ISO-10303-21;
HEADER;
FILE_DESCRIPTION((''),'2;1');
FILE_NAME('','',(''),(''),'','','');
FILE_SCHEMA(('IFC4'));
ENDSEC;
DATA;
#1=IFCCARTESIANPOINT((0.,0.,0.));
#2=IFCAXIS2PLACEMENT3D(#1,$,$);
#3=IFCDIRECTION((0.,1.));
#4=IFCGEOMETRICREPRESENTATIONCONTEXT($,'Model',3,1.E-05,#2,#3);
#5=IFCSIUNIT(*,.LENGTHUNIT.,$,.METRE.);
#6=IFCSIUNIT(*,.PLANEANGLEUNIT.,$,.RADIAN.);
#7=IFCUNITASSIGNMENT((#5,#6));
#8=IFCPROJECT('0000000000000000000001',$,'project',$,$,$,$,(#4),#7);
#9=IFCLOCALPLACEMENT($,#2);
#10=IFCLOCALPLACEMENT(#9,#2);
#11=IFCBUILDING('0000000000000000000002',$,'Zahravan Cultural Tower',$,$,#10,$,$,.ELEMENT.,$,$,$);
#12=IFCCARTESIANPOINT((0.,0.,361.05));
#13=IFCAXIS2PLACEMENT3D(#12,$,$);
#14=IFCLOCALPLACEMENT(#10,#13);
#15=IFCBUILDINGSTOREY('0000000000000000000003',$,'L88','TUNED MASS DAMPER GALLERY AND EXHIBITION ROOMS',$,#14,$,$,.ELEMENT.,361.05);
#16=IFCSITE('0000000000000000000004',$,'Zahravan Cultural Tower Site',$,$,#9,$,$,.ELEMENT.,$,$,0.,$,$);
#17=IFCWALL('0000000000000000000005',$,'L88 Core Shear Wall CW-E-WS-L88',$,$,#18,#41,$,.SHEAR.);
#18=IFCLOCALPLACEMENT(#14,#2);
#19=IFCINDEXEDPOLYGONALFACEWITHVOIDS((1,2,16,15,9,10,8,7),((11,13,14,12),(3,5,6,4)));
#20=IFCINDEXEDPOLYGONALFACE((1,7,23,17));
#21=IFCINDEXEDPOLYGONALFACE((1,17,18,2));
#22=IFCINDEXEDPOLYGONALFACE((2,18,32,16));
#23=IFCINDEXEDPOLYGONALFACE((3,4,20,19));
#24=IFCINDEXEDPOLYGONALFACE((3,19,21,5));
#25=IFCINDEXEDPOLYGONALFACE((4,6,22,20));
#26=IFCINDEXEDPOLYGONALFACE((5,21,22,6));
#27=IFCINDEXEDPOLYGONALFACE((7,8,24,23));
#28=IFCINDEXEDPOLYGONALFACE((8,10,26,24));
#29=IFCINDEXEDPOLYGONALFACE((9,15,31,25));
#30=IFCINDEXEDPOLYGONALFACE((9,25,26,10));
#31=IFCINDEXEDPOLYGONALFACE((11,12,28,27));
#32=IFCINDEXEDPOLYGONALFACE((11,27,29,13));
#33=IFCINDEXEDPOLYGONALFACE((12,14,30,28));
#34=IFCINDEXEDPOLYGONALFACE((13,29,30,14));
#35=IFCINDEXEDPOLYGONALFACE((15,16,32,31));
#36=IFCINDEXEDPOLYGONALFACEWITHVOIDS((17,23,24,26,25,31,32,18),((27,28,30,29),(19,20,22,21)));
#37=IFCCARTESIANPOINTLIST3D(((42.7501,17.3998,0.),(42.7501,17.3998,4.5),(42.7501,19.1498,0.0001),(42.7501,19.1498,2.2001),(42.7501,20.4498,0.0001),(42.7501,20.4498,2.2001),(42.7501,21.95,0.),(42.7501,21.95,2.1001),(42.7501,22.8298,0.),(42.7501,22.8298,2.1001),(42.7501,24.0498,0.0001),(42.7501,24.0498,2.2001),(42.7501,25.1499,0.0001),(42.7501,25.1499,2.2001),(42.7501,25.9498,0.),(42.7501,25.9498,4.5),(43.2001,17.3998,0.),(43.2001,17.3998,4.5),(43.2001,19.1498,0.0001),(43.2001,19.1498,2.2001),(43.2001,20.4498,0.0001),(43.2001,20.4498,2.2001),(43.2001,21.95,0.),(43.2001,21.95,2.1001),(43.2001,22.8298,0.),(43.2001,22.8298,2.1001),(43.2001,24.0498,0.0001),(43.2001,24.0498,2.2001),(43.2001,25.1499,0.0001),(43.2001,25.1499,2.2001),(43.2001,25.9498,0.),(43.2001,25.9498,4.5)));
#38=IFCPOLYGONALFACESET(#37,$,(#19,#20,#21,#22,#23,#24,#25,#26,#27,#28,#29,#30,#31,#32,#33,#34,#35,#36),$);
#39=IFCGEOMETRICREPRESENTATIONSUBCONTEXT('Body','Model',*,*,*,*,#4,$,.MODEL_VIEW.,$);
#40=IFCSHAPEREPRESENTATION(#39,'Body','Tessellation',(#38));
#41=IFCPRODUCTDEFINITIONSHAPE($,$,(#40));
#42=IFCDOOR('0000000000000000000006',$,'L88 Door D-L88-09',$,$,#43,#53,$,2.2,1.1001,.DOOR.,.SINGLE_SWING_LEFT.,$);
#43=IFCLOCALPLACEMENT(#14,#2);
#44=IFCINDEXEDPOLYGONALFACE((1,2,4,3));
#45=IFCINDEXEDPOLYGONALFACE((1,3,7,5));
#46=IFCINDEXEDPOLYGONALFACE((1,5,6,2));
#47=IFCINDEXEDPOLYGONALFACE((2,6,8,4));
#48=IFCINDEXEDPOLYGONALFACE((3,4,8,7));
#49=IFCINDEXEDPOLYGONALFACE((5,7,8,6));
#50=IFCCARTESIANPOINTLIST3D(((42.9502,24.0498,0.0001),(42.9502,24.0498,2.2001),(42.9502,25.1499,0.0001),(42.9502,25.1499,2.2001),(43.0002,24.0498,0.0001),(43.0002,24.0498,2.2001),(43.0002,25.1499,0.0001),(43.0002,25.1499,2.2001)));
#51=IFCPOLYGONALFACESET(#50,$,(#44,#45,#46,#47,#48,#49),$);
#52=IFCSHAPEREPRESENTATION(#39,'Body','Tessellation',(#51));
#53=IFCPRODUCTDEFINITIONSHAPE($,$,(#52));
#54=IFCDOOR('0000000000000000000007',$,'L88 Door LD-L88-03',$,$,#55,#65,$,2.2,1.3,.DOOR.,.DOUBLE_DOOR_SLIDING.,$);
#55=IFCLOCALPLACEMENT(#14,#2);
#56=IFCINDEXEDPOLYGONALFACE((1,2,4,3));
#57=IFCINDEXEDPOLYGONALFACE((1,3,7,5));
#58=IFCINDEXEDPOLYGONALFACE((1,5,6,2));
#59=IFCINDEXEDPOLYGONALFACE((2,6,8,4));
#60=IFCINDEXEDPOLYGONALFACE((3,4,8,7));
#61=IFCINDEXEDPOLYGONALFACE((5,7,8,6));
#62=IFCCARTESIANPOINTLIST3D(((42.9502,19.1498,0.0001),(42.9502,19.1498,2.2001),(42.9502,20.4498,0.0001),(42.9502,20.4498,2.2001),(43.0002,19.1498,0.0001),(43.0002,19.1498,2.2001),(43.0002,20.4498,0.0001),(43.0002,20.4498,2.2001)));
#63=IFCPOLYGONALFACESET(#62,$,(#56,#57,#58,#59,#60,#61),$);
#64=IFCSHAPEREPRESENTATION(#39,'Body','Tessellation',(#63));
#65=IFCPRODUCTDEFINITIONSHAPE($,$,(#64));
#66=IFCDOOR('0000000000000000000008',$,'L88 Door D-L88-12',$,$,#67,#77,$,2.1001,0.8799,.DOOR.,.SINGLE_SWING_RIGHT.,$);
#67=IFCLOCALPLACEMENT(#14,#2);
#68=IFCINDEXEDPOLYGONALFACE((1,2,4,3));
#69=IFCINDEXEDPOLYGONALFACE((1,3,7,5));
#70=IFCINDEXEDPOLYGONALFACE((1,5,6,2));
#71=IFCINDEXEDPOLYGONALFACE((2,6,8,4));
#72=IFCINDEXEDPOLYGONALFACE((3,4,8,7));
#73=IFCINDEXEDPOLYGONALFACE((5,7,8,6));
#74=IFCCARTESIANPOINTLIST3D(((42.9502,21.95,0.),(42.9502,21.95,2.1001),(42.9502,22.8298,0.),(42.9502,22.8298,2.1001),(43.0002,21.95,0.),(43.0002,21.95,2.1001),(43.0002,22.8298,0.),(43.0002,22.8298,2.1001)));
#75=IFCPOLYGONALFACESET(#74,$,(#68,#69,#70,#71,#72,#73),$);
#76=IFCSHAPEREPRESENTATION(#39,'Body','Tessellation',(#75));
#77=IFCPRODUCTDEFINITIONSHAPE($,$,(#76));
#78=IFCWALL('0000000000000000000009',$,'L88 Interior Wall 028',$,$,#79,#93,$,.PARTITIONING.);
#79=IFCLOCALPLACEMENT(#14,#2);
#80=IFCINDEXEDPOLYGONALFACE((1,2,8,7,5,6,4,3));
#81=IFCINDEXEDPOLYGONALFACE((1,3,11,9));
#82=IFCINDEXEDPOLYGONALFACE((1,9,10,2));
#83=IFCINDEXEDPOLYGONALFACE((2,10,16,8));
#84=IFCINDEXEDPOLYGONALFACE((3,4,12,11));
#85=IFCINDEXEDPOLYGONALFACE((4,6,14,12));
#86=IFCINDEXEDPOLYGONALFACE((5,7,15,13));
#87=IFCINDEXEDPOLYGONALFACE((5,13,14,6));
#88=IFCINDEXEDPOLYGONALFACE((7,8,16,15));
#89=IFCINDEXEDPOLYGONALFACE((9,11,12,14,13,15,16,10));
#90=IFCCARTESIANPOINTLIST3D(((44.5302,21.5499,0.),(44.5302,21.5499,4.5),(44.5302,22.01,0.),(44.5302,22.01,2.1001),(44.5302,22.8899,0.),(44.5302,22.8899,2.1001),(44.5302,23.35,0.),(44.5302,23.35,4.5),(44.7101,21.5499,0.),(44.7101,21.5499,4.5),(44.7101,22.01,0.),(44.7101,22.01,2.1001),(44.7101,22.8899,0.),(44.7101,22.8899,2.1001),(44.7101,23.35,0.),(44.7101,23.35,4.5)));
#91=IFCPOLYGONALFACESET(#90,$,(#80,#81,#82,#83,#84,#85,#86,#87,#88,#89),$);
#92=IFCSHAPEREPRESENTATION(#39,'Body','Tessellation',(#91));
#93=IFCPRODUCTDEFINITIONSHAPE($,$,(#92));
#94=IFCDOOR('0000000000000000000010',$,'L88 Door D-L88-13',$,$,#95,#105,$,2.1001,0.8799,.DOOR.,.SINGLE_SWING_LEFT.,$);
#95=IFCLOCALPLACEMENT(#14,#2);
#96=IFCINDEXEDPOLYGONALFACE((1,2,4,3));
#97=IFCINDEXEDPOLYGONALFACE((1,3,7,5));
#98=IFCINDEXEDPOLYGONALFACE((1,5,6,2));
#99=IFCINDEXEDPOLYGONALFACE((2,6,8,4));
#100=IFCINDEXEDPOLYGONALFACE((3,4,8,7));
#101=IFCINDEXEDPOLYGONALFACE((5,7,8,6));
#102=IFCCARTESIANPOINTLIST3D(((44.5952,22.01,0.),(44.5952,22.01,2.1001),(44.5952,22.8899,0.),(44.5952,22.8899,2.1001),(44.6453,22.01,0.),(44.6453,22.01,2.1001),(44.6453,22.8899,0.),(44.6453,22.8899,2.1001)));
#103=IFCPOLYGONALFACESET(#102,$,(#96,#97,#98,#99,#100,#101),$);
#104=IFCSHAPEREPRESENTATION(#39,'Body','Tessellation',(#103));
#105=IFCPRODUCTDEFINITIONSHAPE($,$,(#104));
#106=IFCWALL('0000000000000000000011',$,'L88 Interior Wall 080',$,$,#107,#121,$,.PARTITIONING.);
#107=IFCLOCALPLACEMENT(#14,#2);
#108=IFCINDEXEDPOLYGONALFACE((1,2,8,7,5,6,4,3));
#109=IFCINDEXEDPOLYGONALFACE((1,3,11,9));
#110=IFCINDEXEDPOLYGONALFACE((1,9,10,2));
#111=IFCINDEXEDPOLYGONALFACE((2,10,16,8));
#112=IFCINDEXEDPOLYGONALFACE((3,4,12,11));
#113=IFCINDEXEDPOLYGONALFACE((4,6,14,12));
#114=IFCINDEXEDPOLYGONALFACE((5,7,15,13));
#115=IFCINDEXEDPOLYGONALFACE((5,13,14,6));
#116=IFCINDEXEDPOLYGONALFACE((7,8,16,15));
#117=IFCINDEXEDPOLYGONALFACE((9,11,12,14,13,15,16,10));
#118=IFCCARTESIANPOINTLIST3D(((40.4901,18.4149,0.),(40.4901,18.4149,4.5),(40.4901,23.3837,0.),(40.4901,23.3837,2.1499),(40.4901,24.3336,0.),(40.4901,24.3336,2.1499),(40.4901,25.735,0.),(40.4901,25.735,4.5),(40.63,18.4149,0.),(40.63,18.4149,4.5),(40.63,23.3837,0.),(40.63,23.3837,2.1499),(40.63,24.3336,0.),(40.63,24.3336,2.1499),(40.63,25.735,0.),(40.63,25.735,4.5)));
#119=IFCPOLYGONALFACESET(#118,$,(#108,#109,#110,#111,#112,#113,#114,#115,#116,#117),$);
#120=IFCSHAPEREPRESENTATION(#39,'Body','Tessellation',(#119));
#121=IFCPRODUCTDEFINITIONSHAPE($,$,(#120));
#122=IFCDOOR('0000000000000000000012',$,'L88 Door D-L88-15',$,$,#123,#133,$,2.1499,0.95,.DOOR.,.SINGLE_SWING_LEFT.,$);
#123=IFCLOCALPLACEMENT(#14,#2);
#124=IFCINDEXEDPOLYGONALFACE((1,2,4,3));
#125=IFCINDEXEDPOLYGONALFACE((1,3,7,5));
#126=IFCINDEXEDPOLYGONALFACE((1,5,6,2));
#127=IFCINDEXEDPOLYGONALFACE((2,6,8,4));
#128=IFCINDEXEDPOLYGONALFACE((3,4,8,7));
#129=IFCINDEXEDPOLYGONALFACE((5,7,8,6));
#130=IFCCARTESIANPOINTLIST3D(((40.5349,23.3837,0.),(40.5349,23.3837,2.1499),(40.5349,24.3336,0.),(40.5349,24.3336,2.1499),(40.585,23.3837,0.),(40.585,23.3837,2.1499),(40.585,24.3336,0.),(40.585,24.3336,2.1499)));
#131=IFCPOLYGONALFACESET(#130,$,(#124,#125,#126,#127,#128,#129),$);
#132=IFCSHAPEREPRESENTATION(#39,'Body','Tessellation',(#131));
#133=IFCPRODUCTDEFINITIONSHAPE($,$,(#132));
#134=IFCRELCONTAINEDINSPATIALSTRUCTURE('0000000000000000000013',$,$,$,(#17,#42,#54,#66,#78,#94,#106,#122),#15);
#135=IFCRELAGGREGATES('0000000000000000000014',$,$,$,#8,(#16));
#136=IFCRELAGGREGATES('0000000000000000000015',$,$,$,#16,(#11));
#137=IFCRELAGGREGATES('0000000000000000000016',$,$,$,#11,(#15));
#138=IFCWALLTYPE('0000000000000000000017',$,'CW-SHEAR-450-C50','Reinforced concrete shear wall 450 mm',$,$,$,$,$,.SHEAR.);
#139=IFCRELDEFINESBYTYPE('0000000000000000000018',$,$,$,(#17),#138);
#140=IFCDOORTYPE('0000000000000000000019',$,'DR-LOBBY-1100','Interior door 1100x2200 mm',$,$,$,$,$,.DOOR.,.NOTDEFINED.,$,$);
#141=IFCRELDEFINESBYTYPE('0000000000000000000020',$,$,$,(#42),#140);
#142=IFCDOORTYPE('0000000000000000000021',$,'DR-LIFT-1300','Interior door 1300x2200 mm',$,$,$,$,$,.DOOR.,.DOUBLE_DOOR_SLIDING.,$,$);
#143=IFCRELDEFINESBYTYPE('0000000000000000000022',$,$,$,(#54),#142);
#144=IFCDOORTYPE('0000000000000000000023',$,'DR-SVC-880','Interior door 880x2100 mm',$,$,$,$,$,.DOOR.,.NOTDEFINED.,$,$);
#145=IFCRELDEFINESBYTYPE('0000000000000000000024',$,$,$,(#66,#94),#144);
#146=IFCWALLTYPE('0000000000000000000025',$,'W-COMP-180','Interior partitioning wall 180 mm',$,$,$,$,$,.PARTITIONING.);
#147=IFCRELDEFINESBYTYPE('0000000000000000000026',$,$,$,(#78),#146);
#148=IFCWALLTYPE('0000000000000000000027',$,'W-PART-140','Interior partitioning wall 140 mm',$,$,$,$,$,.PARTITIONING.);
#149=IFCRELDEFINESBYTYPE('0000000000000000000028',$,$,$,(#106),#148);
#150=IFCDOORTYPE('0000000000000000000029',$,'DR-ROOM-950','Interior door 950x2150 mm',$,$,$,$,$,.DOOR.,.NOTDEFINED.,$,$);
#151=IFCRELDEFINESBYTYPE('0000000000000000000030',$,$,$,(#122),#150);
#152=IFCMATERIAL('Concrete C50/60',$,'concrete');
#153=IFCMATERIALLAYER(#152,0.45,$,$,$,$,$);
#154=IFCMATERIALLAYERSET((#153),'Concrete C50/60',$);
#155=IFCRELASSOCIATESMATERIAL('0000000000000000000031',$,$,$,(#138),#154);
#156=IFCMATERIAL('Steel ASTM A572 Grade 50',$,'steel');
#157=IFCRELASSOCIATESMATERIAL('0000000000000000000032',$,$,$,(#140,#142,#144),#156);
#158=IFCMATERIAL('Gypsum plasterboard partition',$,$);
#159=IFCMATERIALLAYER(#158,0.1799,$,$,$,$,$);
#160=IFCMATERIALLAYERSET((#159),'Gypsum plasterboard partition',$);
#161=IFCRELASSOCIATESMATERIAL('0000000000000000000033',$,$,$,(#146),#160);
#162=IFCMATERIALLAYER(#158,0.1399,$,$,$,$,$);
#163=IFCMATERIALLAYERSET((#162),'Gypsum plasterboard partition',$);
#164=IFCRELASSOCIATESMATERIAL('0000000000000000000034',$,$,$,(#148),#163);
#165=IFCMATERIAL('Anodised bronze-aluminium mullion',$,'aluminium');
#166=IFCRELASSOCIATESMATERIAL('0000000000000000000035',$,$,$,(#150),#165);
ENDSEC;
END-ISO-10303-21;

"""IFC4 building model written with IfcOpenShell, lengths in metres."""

from ifc_helpers import new_model, si_unit, direction, frame, frame_2d, origin, place, context, subcontext, project, spatial, rectangle, extrude, source, transform, mapped, material, layer, layer_set, type_object, element, fill, save


model = new_model("IFC4")

# Units and contexts
model_context = context("Model", 3, precision=1e-05, world=origin(), true_north=direction((0.0, 1.0)))
body_context = subcontext(model_context, "Body", "Model", "MODEL_VIEW")
ifc_project = project(units=[si_unit("LENGTHUNIT", "METRE"), si_unit("PLANEANGLEUNIT", "RADIAN")], contexts=[model_context])

# Site, building, storey
site_placement = place(None, origin())
site = spatial("IfcSite", under=ifc_project, at=site_placement, Name="Zahravan Cultural Tower Site", CompositionType="ELEMENT", RefElevation=0.0)
building_placement = place(site_placement, origin())
building = spatial("IfcBuilding", under=site, at=building_placement, Name="Zahravan Cultural Tower", CompositionType="ELEMENT")
storey_placement = place(building_placement, frame((0.0, 0.0, 361.05)))
storey = spatial("IfcBuildingStorey", under=building, at=storey_placement, Name="L88", Description="TUNED MASS DAMPER GALLERY AND EXHIBITION ROOMS", CompositionType="ELEMENT", Elevation=361.05)

# Shared definitions
ifc_material_1 = material(Name="Concrete C50/60", Category="concrete")

# Shared definitions
ifc_material_2 = material(Name="Anodised bronze-aluminium mullion", Category="aluminium")

# Wall, openings, doors
ifc_layer_1 = layer(ifc_material_1, 0.45)
ifc_layer_set_1 = layer_set([ifc_layer_1], Name="Concrete C50/60")
wall_type_1 = type_object("IfcWallType", Name="CW-SHEAR-450-C50", Description="Reinforced concrete shear wall 450 mm", PredefinedType="SHEAR", material=ifc_layer_set_1)
wall_1_placement = place(storey_placement, frame((42.9751, 17.3999, 0.0), z_axis=(0.0, 0.0, 1.0), x_axis=(0.0, 1.0, 0.0)))
wall_1 = element("IfcWall", 1, at=wall_1_placement, inside=storey, type_object=wall_type_1, Name="L88 Core Shear Wall CW-E-WS-L88", PredefinedType="SHEAR", context=body_context, shape_type="SweptSolid", body=[
    extrude(rectangle(XDim=8.55, YDim=0.45, at=frame_2d((4.2749, 0.0))), origin(), (0.0, 0.0, 1.0), 4.5),
])
opening_1_placement = place(wall_1_placement, frame((6.6499, 0.0, 0.0)))
opening_1 = element("IfcOpeningElement", 2, at=opening_1_placement, cuts=wall_1, PredefinedType="OPENING", context=body_context, shape_type="SweptSolid", body=[
    extrude(rectangle(XDim=1.1001, YDim=2.2, at=frame_2d((0.55, 1.1001))), frame((0.0, 0.2349, 0.0), z_axis=(0.0, -1.0, 0.0), x_axis=(1.0, 0.0, 0.0)), (0.0, 0.0, 1.0), 0.47),
])
opening_2_placement = place(wall_1_placement, frame((1.75, 0.0, 0.0)))
opening_2 = element("IfcOpeningElement", 3, at=opening_2_placement, cuts=wall_1, PredefinedType="OPENING", context=body_context, shape_type="SweptSolid", body=[
    extrude(rectangle(XDim=1.3, YDim=2.2, at=frame_2d((0.6499, 1.1001))), frame((0.0, 0.2349, 0.0), z_axis=(0.0, -1.0, 0.0), x_axis=(1.0, 0.0, 0.0)), (0.0, 0.0, 1.0), 0.47),
])
opening_3_placement = place(wall_1_placement, frame((4.55, 0.0, 0.0)))
opening_3 = element("IfcOpeningElement", 4, at=opening_3_placement, cuts=wall_1, PredefinedType="OPENING", context=body_context, shape_type="SweptSolid", body=[
    extrude(rectangle(XDim=0.8799, YDim=2.1001, at=frame_2d((0.4399, 1.05))), frame((0.0, 0.2349, 0.0), z_axis=(0.0, -1.0, 0.0), x_axis=(1.0, 0.0, 0.0)), (0.0, 0.0, 1.0), 0.47),
])
ifc_material_3 = material(Name="Steel ASTM A572 Grade 50", Category="steel")
door_type_1 = type_object("IfcDoorType", Name="DR-LOBBY-1100", Description="Interior door 1100x2200 mm", OperationType="NOTDEFINED", PredefinedType="DOOR", material=ifc_material_3)
shared_shape_1 = source(origin(), body_context, "Body", "SweptSolid", [
    extrude(rectangle(XDim=1.1001, YDim=2.2, at=frame_2d((0.55, 1.1001))), frame((0.0, 0.0249, 0.0), z_axis=(0.0, -1.0, 0.0), x_axis=(1.0, 0.0, 0.0)), (0.0, 0.0, 1.0), 0.05),
])
door_1_placement = place(opening_1_placement, origin())
door_1 = element("IfcDoor", 5, at=door_1_placement, inside=storey, type_object=door_type_1, Name="L88 Door D-L88-09", OperationType="SINGLE_SWING_LEFT", OverallHeight=2.2, OverallWidth=1.1001, PredefinedType="DOOR", context=body_context, shape_type="MappedRepresentation", body=[
    mapped(shared_shape_1, transform((0.0, 0.0, 0.0), x_axis=(1.0, 0.0, 0.0), y_axis=(0.0, 1.0, 0.0), z_axis=(0.0, 0.0, 1.0), scale=1.0)),
])
fill(opening_1, door_1)
door_type_2 = type_object("IfcDoorType", Name="DR-LIFT-1300", Description="Interior door 1300x2200 mm", OperationType="DOUBLE_DOOR_SLIDING", PredefinedType="DOOR", material=ifc_material_3)
shared_shape_2 = source(origin(), body_context, "Body", "SweptSolid", [
    extrude(rectangle(XDim=1.3, YDim=2.2, at=frame_2d((0.6499, 1.1001))), frame((0.0, 0.0249, 0.0), z_axis=(0.0, -1.0, 0.0), x_axis=(1.0, 0.0, 0.0)), (0.0, 0.0, 1.0), 0.05),
])
door_2_placement = place(opening_2_placement, origin())
door_2 = element("IfcDoor", 6, at=door_2_placement, inside=storey, type_object=door_type_2, Name="L88 Door LD-L88-03", OperationType="DOUBLE_DOOR_SLIDING", OverallHeight=2.2, OverallWidth=1.3, PredefinedType="DOOR", context=body_context, shape_type="MappedRepresentation", body=[
    mapped(shared_shape_2, transform((0.0, 0.0, 0.0), x_axis=(1.0, 0.0, 0.0), y_axis=(0.0, 1.0, 0.0), z_axis=(0.0, 0.0, 1.0), scale=1.0)),
])
fill(opening_2, door_2)
door_type_3 = type_object("IfcDoorType", Name="DR-SVC-880", Description="Interior door 880x2100 mm", OperationType="NOTDEFINED", PredefinedType="DOOR", material=ifc_material_3)
shared_shape_3 = source(origin(), body_context, "Body", "SweptSolid", [
    extrude(rectangle(XDim=0.8799, YDim=2.1001, at=frame_2d((0.4399, 1.05))), frame((0.0, 0.0249, 0.0), z_axis=(0.0, -1.0, 0.0), x_axis=(1.0, 0.0, 0.0)), (0.0, 0.0, 1.0), 0.05),
])
door_3_placement = place(opening_3_placement, origin())
door_3 = element("IfcDoor", 7, at=door_3_placement, inside=storey, type_object=door_type_3, Name="L88 Door D-L88-12", OperationType="SINGLE_SWING_RIGHT", OverallHeight=2.1001, OverallWidth=0.8799, PredefinedType="DOOR", context=body_context, shape_type="MappedRepresentation", body=[
    mapped(shared_shape_3, transform((0.0, 0.0, 0.0), x_axis=(1.0, 0.0, 0.0), y_axis=(0.0, 1.0, 0.0), z_axis=(0.0, 0.0, 1.0), scale=1.0)),
])
fill(opening_3, door_3)

# Walls, openings, doors
ifc_material_4 = material(Name="Gypsum plasterboard partition")
ifc_layer_2 = layer(ifc_material_4, 0.1799)
ifc_layer_set_2 = layer_set([ifc_layer_2], Name="Gypsum plasterboard partition")
wall_type_2 = type_object("IfcWallType", Name="W-COMP-180", Description="Interior partitioning wall 180 mm", PredefinedType="PARTITIONING", material=ifc_layer_set_2)
wall_2_placement = place(storey_placement, frame((44.6201, 21.55, 0.0), z_axis=(0.0, 0.0, 1.0), x_axis=(0.0, 1.0, 0.0)))
wall_2 = element("IfcWall", 8, at=wall_2_placement, inside=storey, type_object=wall_type_2, Name="L88 Interior Wall 028", PredefinedType="PARTITIONING", context=body_context, shape_type="SweptSolid", body=[
    extrude(rectangle(XDim=1.8, YDim=0.1799, at=frame_2d((0.8999, 0.0))), origin(), (0.0, 0.0, 1.0), 4.5),
])
opening_4_placement = place(wall_2_placement, frame((0.46, 0.0, 0.0)))
opening_4 = element("IfcOpeningElement", 9, at=opening_4_placement, cuts=wall_2, PredefinedType="OPENING", context=body_context, shape_type="SweptSolid", body=[
    extrude(rectangle(XDim=0.8799, YDim=2.1001, at=frame_2d((0.4399, 1.05))), frame((0.0, 0.0999, 0.0), z_axis=(0.0, -1.0, 0.0), x_axis=(1.0, 0.0, 0.0)), (0.0, 0.0, 1.0), 0.2),
])
door_4_placement = place(opening_4_placement, origin())
door_4 = element("IfcDoor", 10, at=door_4_placement, inside=storey, type_object=door_type_3, Name="L88 Door D-L88-13", OperationType="SINGLE_SWING_LEFT", OverallHeight=2.1001, OverallWidth=0.8799, PredefinedType="DOOR", context=body_context, shape_type="MappedRepresentation", body=[
    mapped(shared_shape_3, transform((0.0, 0.0, 0.0), x_axis=(1.0, 0.0, 0.0), y_axis=(0.0, 1.0, 0.0), z_axis=(0.0, 0.0, 1.0), scale=1.0)),
])
fill(opening_4, door_4)
ifc_layer_3 = layer(ifc_material_4, 0.1399)
ifc_layer_set_3 = layer_set([ifc_layer_3], Name="Gypsum plasterboard partition")
wall_type_3 = type_object("IfcWallType", Name="W-PART-140", Description="Interior partitioning wall 140 mm", PredefinedType="PARTITIONING", material=ifc_layer_set_3)
door_type_4 = type_object("IfcDoorType", Name="DR-ROOM-950", Description="Interior door 950x2150 mm", OperationType="NOTDEFINED", PredefinedType="DOOR", material=ifc_material_2)
shared_shape_4 = source(origin(), body_context, "Body", "SweptSolid", [
    extrude(rectangle(XDim=0.95, YDim=2.1499, at=frame_2d((0.4751, 1.075))), frame((0.0, 0.0249, 0.0), z_axis=(0.0, -1.0, 0.0), x_axis=(1.0, 0.0, 0.0)), (0.0, 0.0, 1.0), 0.05),
])
wall_3_placement = place(storey_placement, frame((40.5601, 25.7351, 0.0), z_axis=(0.0, 0.0, 1.0), x_axis=(0.0, -1.0, 0.0)))
wall_3 = element("IfcWall", 11, at=wall_3_placement, inside=storey, type_object=wall_type_3, Name="L88 Interior Wall 080", PredefinedType="PARTITIONING", context=body_context, shape_type="SweptSolid", body=[
    extrude(rectangle(XDim=7.3201, YDim=0.1399, at=frame_2d((3.6602, 0.0))), origin(), (0.0, 0.0, 1.0), 4.5),
])
opening_5_placement = place(wall_3_placement, frame((1.4014, 0.0, 0.0)))
opening_5 = element("IfcOpeningElement", 12, at=opening_5_placement, cuts=wall_3, PredefinedType="OPENING", context=body_context, shape_type="SweptSolid", body=[
    extrude(rectangle(XDim=0.95, YDim=2.1499, at=frame_2d((0.4751, 1.075))), frame((0.0, 0.0798, 0.0), z_axis=(0.0, -1.0, 0.0), x_axis=(1.0, 0.0, 0.0)), (0.0, 0.0, 1.0), 0.1599),
])
door_5_placement = place(opening_5_placement, origin())
door_5 = element("IfcDoor", 13, at=door_5_placement, inside=storey, type_object=door_type_4, Name="L88 Door D-L88-15", OperationType="SINGLE_SWING_LEFT", OverallHeight=2.1499, OverallWidth=0.95, PredefinedType="DOOR", context=body_context, shape_type="MappedRepresentation", body=[
    mapped(shared_shape_4, transform((0.0, 0.0, 0.0), x_axis=(1.0, 0.0, 0.0), y_axis=(0.0, 1.0, 0.0), z_axis=(0.0, 0.0, 1.0), scale=1.0)),
])
fill(opening_5, door_5)

save(model, "model.ifc")
